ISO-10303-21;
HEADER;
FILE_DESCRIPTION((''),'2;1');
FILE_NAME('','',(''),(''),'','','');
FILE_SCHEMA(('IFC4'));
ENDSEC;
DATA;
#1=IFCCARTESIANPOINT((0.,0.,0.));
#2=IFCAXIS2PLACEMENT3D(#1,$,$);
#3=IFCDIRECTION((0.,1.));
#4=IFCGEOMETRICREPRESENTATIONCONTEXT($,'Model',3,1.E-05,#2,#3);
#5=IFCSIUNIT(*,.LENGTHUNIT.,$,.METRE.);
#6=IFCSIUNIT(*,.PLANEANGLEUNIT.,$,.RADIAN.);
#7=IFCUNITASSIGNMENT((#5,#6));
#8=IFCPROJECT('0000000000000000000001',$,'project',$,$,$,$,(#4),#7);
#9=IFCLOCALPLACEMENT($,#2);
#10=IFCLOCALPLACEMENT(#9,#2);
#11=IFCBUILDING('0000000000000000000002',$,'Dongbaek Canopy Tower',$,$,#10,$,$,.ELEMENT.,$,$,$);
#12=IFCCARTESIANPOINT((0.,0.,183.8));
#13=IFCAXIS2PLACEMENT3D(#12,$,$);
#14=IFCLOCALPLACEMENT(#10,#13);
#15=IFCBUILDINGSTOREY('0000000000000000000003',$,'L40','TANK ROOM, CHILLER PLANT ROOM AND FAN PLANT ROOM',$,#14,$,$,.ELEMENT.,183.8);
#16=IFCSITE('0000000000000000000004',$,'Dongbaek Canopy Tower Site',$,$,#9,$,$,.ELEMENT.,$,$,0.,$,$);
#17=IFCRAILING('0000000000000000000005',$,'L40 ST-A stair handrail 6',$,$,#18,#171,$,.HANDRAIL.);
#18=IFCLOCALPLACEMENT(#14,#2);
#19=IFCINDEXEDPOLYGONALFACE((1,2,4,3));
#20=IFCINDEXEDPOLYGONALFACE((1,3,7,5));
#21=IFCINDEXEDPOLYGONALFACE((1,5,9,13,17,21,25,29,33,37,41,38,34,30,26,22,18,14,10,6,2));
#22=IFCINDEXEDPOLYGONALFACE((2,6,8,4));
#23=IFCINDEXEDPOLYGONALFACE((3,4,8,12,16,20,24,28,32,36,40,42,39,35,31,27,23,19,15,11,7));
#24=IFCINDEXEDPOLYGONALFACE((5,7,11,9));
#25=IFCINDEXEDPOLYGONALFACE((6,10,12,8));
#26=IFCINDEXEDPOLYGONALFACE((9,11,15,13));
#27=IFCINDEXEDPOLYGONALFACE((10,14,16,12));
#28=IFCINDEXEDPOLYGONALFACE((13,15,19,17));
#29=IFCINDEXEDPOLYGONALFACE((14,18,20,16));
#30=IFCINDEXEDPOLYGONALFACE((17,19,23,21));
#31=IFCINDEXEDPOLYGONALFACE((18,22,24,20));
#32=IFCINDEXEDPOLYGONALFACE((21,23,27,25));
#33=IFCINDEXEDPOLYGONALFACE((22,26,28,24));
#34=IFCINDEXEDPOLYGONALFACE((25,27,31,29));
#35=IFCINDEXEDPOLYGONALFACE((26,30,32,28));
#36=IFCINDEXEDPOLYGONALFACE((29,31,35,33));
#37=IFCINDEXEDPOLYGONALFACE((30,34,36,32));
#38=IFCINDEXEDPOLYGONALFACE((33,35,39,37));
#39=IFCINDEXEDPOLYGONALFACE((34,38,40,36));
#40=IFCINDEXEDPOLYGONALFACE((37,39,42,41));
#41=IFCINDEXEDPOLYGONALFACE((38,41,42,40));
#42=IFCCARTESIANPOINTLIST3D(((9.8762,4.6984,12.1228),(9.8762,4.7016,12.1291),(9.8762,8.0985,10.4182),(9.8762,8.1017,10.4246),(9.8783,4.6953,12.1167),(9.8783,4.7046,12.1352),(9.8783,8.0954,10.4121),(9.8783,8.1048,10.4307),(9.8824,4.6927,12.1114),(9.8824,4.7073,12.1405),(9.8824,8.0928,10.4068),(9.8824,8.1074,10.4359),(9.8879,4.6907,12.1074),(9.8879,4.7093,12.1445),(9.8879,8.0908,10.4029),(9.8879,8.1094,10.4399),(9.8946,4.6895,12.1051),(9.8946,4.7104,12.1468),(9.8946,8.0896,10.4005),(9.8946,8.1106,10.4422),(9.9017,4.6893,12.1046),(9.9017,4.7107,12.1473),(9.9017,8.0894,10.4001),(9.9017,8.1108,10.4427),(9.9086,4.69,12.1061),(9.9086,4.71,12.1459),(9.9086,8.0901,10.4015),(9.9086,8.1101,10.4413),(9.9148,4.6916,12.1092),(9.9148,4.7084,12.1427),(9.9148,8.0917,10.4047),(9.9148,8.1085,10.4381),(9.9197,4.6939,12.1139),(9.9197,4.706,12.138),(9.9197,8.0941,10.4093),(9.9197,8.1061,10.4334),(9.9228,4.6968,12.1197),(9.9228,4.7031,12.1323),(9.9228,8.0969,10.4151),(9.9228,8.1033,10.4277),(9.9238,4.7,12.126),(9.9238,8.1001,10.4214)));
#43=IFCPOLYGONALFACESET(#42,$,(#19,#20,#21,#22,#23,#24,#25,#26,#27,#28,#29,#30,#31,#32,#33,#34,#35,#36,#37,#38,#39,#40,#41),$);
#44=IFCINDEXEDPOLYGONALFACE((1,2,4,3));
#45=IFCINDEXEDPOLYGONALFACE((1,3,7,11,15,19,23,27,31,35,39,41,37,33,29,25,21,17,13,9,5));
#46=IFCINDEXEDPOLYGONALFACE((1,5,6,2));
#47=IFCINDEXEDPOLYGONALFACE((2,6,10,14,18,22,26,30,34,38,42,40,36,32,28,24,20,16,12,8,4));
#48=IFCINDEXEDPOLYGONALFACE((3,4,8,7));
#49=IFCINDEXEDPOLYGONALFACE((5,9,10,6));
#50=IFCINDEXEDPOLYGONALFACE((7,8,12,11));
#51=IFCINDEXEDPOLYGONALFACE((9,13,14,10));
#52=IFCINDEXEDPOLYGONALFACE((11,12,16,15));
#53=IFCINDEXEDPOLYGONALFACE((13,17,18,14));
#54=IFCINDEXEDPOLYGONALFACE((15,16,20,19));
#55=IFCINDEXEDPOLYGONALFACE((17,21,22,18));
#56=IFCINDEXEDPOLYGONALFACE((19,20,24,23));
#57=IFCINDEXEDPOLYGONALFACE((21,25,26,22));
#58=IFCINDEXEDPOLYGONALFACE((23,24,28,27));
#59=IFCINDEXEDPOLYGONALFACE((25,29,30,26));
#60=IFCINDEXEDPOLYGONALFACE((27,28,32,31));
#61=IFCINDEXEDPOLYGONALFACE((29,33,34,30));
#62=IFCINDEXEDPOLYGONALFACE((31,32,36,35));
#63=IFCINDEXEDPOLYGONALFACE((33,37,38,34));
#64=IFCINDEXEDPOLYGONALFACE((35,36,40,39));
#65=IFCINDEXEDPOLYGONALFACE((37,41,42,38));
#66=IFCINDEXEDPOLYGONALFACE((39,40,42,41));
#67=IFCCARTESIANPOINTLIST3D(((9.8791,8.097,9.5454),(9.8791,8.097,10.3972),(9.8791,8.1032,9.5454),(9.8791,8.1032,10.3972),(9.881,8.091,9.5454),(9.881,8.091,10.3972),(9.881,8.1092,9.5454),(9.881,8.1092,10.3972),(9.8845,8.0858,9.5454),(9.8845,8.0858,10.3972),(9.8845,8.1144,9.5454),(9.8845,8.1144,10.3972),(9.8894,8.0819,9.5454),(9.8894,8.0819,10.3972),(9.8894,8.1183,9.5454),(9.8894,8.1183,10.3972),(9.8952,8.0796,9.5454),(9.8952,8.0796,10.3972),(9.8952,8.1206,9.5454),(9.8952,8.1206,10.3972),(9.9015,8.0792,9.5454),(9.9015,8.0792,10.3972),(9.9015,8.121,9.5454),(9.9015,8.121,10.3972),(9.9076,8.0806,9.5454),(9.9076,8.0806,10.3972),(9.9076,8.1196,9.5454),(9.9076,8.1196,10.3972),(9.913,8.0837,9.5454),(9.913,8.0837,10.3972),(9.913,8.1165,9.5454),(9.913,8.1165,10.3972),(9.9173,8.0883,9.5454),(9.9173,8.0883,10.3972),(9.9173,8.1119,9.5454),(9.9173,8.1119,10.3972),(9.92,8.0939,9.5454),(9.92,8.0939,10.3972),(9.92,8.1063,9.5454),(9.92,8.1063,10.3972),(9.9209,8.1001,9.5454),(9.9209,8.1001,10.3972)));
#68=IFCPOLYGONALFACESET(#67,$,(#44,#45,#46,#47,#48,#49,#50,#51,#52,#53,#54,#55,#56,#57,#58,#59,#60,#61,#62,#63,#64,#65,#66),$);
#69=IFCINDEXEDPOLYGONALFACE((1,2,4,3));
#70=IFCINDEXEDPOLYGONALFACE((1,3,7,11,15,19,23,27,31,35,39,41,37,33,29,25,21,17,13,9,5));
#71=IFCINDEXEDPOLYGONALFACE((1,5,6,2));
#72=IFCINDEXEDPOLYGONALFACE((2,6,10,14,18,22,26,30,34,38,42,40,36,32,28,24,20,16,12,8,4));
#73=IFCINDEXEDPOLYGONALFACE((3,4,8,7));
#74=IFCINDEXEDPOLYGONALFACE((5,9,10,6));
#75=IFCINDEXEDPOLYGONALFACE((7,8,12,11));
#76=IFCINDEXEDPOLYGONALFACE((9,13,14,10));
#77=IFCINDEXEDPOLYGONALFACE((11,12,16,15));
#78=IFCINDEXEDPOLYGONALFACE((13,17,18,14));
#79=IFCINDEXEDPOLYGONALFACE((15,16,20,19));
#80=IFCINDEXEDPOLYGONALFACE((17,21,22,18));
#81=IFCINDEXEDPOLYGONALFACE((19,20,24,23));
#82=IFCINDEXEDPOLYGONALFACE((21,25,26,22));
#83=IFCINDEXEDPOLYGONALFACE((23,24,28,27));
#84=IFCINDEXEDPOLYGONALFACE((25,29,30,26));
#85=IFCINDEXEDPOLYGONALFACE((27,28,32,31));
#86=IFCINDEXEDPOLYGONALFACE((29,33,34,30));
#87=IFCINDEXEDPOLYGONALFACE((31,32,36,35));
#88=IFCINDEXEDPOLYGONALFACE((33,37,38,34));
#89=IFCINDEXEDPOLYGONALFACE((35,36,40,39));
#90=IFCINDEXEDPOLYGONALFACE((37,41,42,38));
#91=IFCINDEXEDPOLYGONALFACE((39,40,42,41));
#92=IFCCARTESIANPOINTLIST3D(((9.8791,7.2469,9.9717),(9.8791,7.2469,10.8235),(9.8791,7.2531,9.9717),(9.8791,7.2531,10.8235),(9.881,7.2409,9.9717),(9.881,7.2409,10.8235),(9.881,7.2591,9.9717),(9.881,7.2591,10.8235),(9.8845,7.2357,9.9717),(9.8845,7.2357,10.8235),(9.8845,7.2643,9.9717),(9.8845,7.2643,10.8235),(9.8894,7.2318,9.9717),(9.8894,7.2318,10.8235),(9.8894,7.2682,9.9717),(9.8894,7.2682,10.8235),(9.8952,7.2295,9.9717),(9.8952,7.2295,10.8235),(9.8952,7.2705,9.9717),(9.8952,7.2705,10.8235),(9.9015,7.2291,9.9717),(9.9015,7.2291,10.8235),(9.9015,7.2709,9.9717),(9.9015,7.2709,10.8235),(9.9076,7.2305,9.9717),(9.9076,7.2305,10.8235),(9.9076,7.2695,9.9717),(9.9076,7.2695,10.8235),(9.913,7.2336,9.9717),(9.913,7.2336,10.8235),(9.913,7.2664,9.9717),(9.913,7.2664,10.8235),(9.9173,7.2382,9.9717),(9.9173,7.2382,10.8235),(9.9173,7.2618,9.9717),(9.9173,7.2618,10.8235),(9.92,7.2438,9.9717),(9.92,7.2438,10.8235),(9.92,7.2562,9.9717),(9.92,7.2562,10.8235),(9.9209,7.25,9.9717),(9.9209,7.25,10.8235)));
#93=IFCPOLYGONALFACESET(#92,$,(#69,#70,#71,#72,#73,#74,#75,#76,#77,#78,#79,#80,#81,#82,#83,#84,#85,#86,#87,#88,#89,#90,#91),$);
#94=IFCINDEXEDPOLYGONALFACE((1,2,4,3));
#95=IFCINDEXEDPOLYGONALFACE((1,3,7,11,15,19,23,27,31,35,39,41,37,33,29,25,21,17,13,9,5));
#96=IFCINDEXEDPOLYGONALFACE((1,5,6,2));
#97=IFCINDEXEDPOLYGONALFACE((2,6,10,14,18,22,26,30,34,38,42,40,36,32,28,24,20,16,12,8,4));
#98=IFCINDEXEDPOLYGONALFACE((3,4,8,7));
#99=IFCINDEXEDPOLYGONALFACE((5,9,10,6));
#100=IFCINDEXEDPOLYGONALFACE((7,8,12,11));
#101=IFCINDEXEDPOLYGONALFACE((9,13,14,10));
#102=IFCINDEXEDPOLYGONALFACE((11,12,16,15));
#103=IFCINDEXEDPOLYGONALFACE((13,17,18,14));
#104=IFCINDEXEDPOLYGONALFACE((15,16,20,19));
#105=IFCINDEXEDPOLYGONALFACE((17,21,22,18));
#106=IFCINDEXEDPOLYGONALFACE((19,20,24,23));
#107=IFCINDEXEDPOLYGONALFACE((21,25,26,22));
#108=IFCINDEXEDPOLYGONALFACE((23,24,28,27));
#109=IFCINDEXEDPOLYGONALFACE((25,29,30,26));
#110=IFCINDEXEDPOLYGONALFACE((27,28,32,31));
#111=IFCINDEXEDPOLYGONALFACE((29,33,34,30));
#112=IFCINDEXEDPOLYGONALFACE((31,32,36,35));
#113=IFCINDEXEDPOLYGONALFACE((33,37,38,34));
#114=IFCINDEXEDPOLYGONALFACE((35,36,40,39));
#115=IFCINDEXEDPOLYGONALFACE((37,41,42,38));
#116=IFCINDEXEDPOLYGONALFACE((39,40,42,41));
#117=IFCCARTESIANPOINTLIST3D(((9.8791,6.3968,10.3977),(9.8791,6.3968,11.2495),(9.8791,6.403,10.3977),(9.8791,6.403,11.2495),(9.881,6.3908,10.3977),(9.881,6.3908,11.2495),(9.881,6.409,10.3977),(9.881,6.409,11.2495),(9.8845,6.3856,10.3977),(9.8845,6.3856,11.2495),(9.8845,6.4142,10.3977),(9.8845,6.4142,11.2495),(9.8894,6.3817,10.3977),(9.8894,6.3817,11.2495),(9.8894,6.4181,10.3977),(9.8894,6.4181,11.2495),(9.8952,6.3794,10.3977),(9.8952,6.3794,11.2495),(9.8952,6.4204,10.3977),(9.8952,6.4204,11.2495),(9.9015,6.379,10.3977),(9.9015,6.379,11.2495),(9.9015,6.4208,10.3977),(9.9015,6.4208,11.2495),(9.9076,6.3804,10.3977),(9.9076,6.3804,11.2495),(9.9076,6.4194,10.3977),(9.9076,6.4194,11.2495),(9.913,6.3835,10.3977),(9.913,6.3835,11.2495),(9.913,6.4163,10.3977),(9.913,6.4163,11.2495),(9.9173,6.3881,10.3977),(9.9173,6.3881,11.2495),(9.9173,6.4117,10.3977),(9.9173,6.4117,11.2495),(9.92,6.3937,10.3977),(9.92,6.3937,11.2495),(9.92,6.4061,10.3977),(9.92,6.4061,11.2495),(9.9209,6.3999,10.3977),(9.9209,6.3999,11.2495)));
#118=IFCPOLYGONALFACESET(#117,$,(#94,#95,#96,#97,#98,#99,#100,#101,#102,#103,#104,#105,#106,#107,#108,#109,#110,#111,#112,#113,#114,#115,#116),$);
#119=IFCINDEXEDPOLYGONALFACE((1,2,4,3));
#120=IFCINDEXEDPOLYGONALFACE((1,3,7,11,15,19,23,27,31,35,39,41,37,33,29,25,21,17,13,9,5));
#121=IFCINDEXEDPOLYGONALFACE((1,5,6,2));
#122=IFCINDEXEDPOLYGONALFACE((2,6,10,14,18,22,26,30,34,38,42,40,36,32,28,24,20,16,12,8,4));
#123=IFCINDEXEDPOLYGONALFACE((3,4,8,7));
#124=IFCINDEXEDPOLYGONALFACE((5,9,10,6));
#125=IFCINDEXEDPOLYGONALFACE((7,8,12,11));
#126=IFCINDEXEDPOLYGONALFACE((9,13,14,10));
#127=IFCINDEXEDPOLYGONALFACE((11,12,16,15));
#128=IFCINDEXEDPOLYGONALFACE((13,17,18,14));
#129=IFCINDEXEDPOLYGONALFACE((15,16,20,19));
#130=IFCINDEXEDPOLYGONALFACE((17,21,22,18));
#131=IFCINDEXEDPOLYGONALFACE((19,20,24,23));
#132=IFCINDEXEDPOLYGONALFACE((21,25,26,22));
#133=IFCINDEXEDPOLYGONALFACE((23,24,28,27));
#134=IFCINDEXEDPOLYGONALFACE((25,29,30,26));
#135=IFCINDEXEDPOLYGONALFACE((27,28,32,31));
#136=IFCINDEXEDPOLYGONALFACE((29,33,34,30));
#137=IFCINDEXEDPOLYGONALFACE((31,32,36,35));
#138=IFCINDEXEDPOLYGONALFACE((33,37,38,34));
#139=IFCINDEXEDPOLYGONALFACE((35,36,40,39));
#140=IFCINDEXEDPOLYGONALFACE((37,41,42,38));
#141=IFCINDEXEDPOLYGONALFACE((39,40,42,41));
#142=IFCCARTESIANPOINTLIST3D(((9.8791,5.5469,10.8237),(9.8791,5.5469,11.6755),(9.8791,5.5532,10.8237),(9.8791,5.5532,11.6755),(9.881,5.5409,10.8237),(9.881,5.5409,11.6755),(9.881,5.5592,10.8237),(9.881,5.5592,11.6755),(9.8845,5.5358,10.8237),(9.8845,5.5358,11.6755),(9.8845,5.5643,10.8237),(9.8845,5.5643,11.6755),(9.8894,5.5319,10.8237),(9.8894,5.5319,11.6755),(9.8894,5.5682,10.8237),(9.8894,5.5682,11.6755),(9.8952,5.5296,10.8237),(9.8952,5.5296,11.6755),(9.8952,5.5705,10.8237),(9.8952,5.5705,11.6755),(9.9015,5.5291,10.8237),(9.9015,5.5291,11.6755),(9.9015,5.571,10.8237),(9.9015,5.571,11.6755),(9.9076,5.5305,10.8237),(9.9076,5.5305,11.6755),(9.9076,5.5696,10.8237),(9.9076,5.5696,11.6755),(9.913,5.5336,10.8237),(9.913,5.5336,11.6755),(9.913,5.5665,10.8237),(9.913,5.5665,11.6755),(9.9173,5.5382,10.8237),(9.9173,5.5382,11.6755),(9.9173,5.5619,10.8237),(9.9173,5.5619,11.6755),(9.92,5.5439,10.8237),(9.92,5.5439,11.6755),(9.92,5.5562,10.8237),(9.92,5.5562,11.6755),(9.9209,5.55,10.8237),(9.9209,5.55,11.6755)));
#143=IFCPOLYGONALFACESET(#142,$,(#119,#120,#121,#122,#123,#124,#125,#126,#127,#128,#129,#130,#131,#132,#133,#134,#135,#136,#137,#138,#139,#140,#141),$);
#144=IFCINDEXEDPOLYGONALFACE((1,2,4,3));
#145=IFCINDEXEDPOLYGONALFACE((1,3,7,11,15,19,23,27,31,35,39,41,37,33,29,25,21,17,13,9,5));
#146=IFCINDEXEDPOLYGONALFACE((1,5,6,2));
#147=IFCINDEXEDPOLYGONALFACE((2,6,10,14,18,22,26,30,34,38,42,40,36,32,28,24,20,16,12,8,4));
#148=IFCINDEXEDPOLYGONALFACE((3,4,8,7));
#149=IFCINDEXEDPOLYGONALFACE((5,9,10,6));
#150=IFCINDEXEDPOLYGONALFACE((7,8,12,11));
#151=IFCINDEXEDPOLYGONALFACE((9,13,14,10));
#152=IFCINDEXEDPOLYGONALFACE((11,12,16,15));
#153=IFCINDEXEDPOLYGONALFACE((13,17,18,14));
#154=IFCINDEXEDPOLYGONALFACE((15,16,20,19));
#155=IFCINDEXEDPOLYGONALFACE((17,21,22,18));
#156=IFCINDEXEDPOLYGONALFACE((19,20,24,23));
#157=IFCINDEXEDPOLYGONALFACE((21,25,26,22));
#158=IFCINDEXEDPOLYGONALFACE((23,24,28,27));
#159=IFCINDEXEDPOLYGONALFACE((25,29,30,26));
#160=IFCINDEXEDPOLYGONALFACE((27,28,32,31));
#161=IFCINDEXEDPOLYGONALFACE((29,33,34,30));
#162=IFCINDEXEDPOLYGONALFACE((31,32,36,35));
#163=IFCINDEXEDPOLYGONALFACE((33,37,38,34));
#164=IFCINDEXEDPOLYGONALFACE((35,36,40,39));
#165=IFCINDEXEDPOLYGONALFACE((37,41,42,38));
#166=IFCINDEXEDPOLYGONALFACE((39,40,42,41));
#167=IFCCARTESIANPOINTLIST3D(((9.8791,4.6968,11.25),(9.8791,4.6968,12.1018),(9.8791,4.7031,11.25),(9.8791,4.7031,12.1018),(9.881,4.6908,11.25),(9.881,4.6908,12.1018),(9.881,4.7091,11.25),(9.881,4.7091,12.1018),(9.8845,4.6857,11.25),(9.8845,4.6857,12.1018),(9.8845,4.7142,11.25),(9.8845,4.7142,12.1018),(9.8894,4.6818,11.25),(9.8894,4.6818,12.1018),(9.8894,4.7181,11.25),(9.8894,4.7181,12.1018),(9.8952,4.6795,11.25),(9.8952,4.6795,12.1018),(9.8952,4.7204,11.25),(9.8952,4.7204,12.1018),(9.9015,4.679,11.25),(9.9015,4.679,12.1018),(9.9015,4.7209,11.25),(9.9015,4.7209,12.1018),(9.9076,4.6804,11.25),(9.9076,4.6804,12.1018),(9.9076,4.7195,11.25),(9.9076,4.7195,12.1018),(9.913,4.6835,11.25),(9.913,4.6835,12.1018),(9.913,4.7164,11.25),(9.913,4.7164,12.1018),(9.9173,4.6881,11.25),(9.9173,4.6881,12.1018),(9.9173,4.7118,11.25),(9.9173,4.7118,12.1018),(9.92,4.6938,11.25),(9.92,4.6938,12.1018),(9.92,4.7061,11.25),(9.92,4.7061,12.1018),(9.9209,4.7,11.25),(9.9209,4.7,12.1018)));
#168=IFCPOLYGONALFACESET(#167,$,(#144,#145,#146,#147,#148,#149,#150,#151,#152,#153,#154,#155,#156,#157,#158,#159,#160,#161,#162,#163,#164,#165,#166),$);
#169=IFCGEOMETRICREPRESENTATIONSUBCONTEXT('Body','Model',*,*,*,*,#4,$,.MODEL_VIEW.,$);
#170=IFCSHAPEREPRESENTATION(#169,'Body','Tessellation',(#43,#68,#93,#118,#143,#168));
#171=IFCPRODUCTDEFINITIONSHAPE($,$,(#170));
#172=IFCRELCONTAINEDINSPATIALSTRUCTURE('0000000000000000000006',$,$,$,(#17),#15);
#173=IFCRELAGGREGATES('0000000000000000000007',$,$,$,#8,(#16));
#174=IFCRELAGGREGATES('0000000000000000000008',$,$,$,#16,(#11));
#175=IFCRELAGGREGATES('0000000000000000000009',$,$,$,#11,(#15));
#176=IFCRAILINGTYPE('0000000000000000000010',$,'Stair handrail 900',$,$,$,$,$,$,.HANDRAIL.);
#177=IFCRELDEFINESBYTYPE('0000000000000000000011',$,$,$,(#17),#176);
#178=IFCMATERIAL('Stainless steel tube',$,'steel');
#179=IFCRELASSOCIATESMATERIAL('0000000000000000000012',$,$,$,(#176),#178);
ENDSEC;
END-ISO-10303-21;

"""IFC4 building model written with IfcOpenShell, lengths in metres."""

from ifc_helpers import new_model, si_unit, direction, frame, origin, origin_2d, place, context, subcontext, project, spatial, circle, extrude, material, type_object, element, save


model = new_model("IFC4")

# Units and contexts
model_context = context("Model", 3, precision=1e-05, world=origin(), true_north=direction((0.0, 1.0)))
body_context = subcontext(model_context, "Body", "Model", "MODEL_VIEW")
ifc_project = project(units=[si_unit("LENGTHUNIT", "METRE"), si_unit("PLANEANGLEUNIT", "RADIAN")], contexts=[model_context])

# Site, building, storey
site_placement = place(None, origin())
site = spatial("IfcSite", under=ifc_project, at=site_placement, Name="Dongbaek Canopy Tower Site", CompositionType="ELEMENT", RefElevation=0.0)
building_placement = place(site_placement, origin())
building = spatial("IfcBuilding", under=site, at=building_placement, Name="Dongbaek Canopy Tower", CompositionType="ELEMENT")
storey_placement = place(building_placement, frame((0.0, 0.0, 183.8)))
storey = spatial("IfcBuildingStorey", under=building, at=storey_placement, Name="L40", Description="TANK ROOM, CHILLER PLANT ROOM AND FAN PLANT ROOM", CompositionType="ELEMENT", Elevation=183.8)

# Railing
ifc_material_1 = material(Name="Stainless steel tube", Category="steel")
railing_type_1 = type_object("IfcRailingType", Name="Stair handrail 900", PredefinedType="HANDRAIL", material=ifc_material_1)
for number, where, name in (
    (1, (9.8999, 8.1001, 9.5454), "L40 ST-A stair handrail 6"),
):
    element("IfcRailing", number, at=place(storey_placement, frame(where)), inside=storey, type_object=railing_type_1, Name=name, PredefinedType="HANDRAIL", context=body_context, shape_type="SweptSolid", body=[
        extrude(circle(Radius=0.0239, at=origin_2d()), frame((0.0, 0.0, 0.876), z_axis=(0.0, -0.893952, 0.448163), x_axis=(1.0, 0.0, 0.0)), (0.0, 0.0, 1.0), 3.8035),
        extrude(circle(Radius=0.021, at=origin_2d()), origin(), (0.0, 0.0, 1.0), 0.8518),
        extrude(circle(Radius=0.021, at=origin_2d()), frame((0.0, -0.8501, 0.4263)), (0.0, 0.0, 1.0), 0.8518),
        extrude(circle(Radius=0.021, at=origin_2d()), frame((0.0, -1.7002, 0.8523)), (0.0, 0.0, 1.0), 0.8518),
        extrude(circle(Radius=0.021, at=origin_2d()), frame((0.0, -2.55, 1.2783)), (0.0, 0.0, 1.0), 0.8518),
        extrude(circle(Radius=0.021, at=origin_2d()), frame((0.0, -3.4001, 1.7046)), (0.0, 0.0, 1.0), 0.8518),
    ])

save(model, "model.ifc")
